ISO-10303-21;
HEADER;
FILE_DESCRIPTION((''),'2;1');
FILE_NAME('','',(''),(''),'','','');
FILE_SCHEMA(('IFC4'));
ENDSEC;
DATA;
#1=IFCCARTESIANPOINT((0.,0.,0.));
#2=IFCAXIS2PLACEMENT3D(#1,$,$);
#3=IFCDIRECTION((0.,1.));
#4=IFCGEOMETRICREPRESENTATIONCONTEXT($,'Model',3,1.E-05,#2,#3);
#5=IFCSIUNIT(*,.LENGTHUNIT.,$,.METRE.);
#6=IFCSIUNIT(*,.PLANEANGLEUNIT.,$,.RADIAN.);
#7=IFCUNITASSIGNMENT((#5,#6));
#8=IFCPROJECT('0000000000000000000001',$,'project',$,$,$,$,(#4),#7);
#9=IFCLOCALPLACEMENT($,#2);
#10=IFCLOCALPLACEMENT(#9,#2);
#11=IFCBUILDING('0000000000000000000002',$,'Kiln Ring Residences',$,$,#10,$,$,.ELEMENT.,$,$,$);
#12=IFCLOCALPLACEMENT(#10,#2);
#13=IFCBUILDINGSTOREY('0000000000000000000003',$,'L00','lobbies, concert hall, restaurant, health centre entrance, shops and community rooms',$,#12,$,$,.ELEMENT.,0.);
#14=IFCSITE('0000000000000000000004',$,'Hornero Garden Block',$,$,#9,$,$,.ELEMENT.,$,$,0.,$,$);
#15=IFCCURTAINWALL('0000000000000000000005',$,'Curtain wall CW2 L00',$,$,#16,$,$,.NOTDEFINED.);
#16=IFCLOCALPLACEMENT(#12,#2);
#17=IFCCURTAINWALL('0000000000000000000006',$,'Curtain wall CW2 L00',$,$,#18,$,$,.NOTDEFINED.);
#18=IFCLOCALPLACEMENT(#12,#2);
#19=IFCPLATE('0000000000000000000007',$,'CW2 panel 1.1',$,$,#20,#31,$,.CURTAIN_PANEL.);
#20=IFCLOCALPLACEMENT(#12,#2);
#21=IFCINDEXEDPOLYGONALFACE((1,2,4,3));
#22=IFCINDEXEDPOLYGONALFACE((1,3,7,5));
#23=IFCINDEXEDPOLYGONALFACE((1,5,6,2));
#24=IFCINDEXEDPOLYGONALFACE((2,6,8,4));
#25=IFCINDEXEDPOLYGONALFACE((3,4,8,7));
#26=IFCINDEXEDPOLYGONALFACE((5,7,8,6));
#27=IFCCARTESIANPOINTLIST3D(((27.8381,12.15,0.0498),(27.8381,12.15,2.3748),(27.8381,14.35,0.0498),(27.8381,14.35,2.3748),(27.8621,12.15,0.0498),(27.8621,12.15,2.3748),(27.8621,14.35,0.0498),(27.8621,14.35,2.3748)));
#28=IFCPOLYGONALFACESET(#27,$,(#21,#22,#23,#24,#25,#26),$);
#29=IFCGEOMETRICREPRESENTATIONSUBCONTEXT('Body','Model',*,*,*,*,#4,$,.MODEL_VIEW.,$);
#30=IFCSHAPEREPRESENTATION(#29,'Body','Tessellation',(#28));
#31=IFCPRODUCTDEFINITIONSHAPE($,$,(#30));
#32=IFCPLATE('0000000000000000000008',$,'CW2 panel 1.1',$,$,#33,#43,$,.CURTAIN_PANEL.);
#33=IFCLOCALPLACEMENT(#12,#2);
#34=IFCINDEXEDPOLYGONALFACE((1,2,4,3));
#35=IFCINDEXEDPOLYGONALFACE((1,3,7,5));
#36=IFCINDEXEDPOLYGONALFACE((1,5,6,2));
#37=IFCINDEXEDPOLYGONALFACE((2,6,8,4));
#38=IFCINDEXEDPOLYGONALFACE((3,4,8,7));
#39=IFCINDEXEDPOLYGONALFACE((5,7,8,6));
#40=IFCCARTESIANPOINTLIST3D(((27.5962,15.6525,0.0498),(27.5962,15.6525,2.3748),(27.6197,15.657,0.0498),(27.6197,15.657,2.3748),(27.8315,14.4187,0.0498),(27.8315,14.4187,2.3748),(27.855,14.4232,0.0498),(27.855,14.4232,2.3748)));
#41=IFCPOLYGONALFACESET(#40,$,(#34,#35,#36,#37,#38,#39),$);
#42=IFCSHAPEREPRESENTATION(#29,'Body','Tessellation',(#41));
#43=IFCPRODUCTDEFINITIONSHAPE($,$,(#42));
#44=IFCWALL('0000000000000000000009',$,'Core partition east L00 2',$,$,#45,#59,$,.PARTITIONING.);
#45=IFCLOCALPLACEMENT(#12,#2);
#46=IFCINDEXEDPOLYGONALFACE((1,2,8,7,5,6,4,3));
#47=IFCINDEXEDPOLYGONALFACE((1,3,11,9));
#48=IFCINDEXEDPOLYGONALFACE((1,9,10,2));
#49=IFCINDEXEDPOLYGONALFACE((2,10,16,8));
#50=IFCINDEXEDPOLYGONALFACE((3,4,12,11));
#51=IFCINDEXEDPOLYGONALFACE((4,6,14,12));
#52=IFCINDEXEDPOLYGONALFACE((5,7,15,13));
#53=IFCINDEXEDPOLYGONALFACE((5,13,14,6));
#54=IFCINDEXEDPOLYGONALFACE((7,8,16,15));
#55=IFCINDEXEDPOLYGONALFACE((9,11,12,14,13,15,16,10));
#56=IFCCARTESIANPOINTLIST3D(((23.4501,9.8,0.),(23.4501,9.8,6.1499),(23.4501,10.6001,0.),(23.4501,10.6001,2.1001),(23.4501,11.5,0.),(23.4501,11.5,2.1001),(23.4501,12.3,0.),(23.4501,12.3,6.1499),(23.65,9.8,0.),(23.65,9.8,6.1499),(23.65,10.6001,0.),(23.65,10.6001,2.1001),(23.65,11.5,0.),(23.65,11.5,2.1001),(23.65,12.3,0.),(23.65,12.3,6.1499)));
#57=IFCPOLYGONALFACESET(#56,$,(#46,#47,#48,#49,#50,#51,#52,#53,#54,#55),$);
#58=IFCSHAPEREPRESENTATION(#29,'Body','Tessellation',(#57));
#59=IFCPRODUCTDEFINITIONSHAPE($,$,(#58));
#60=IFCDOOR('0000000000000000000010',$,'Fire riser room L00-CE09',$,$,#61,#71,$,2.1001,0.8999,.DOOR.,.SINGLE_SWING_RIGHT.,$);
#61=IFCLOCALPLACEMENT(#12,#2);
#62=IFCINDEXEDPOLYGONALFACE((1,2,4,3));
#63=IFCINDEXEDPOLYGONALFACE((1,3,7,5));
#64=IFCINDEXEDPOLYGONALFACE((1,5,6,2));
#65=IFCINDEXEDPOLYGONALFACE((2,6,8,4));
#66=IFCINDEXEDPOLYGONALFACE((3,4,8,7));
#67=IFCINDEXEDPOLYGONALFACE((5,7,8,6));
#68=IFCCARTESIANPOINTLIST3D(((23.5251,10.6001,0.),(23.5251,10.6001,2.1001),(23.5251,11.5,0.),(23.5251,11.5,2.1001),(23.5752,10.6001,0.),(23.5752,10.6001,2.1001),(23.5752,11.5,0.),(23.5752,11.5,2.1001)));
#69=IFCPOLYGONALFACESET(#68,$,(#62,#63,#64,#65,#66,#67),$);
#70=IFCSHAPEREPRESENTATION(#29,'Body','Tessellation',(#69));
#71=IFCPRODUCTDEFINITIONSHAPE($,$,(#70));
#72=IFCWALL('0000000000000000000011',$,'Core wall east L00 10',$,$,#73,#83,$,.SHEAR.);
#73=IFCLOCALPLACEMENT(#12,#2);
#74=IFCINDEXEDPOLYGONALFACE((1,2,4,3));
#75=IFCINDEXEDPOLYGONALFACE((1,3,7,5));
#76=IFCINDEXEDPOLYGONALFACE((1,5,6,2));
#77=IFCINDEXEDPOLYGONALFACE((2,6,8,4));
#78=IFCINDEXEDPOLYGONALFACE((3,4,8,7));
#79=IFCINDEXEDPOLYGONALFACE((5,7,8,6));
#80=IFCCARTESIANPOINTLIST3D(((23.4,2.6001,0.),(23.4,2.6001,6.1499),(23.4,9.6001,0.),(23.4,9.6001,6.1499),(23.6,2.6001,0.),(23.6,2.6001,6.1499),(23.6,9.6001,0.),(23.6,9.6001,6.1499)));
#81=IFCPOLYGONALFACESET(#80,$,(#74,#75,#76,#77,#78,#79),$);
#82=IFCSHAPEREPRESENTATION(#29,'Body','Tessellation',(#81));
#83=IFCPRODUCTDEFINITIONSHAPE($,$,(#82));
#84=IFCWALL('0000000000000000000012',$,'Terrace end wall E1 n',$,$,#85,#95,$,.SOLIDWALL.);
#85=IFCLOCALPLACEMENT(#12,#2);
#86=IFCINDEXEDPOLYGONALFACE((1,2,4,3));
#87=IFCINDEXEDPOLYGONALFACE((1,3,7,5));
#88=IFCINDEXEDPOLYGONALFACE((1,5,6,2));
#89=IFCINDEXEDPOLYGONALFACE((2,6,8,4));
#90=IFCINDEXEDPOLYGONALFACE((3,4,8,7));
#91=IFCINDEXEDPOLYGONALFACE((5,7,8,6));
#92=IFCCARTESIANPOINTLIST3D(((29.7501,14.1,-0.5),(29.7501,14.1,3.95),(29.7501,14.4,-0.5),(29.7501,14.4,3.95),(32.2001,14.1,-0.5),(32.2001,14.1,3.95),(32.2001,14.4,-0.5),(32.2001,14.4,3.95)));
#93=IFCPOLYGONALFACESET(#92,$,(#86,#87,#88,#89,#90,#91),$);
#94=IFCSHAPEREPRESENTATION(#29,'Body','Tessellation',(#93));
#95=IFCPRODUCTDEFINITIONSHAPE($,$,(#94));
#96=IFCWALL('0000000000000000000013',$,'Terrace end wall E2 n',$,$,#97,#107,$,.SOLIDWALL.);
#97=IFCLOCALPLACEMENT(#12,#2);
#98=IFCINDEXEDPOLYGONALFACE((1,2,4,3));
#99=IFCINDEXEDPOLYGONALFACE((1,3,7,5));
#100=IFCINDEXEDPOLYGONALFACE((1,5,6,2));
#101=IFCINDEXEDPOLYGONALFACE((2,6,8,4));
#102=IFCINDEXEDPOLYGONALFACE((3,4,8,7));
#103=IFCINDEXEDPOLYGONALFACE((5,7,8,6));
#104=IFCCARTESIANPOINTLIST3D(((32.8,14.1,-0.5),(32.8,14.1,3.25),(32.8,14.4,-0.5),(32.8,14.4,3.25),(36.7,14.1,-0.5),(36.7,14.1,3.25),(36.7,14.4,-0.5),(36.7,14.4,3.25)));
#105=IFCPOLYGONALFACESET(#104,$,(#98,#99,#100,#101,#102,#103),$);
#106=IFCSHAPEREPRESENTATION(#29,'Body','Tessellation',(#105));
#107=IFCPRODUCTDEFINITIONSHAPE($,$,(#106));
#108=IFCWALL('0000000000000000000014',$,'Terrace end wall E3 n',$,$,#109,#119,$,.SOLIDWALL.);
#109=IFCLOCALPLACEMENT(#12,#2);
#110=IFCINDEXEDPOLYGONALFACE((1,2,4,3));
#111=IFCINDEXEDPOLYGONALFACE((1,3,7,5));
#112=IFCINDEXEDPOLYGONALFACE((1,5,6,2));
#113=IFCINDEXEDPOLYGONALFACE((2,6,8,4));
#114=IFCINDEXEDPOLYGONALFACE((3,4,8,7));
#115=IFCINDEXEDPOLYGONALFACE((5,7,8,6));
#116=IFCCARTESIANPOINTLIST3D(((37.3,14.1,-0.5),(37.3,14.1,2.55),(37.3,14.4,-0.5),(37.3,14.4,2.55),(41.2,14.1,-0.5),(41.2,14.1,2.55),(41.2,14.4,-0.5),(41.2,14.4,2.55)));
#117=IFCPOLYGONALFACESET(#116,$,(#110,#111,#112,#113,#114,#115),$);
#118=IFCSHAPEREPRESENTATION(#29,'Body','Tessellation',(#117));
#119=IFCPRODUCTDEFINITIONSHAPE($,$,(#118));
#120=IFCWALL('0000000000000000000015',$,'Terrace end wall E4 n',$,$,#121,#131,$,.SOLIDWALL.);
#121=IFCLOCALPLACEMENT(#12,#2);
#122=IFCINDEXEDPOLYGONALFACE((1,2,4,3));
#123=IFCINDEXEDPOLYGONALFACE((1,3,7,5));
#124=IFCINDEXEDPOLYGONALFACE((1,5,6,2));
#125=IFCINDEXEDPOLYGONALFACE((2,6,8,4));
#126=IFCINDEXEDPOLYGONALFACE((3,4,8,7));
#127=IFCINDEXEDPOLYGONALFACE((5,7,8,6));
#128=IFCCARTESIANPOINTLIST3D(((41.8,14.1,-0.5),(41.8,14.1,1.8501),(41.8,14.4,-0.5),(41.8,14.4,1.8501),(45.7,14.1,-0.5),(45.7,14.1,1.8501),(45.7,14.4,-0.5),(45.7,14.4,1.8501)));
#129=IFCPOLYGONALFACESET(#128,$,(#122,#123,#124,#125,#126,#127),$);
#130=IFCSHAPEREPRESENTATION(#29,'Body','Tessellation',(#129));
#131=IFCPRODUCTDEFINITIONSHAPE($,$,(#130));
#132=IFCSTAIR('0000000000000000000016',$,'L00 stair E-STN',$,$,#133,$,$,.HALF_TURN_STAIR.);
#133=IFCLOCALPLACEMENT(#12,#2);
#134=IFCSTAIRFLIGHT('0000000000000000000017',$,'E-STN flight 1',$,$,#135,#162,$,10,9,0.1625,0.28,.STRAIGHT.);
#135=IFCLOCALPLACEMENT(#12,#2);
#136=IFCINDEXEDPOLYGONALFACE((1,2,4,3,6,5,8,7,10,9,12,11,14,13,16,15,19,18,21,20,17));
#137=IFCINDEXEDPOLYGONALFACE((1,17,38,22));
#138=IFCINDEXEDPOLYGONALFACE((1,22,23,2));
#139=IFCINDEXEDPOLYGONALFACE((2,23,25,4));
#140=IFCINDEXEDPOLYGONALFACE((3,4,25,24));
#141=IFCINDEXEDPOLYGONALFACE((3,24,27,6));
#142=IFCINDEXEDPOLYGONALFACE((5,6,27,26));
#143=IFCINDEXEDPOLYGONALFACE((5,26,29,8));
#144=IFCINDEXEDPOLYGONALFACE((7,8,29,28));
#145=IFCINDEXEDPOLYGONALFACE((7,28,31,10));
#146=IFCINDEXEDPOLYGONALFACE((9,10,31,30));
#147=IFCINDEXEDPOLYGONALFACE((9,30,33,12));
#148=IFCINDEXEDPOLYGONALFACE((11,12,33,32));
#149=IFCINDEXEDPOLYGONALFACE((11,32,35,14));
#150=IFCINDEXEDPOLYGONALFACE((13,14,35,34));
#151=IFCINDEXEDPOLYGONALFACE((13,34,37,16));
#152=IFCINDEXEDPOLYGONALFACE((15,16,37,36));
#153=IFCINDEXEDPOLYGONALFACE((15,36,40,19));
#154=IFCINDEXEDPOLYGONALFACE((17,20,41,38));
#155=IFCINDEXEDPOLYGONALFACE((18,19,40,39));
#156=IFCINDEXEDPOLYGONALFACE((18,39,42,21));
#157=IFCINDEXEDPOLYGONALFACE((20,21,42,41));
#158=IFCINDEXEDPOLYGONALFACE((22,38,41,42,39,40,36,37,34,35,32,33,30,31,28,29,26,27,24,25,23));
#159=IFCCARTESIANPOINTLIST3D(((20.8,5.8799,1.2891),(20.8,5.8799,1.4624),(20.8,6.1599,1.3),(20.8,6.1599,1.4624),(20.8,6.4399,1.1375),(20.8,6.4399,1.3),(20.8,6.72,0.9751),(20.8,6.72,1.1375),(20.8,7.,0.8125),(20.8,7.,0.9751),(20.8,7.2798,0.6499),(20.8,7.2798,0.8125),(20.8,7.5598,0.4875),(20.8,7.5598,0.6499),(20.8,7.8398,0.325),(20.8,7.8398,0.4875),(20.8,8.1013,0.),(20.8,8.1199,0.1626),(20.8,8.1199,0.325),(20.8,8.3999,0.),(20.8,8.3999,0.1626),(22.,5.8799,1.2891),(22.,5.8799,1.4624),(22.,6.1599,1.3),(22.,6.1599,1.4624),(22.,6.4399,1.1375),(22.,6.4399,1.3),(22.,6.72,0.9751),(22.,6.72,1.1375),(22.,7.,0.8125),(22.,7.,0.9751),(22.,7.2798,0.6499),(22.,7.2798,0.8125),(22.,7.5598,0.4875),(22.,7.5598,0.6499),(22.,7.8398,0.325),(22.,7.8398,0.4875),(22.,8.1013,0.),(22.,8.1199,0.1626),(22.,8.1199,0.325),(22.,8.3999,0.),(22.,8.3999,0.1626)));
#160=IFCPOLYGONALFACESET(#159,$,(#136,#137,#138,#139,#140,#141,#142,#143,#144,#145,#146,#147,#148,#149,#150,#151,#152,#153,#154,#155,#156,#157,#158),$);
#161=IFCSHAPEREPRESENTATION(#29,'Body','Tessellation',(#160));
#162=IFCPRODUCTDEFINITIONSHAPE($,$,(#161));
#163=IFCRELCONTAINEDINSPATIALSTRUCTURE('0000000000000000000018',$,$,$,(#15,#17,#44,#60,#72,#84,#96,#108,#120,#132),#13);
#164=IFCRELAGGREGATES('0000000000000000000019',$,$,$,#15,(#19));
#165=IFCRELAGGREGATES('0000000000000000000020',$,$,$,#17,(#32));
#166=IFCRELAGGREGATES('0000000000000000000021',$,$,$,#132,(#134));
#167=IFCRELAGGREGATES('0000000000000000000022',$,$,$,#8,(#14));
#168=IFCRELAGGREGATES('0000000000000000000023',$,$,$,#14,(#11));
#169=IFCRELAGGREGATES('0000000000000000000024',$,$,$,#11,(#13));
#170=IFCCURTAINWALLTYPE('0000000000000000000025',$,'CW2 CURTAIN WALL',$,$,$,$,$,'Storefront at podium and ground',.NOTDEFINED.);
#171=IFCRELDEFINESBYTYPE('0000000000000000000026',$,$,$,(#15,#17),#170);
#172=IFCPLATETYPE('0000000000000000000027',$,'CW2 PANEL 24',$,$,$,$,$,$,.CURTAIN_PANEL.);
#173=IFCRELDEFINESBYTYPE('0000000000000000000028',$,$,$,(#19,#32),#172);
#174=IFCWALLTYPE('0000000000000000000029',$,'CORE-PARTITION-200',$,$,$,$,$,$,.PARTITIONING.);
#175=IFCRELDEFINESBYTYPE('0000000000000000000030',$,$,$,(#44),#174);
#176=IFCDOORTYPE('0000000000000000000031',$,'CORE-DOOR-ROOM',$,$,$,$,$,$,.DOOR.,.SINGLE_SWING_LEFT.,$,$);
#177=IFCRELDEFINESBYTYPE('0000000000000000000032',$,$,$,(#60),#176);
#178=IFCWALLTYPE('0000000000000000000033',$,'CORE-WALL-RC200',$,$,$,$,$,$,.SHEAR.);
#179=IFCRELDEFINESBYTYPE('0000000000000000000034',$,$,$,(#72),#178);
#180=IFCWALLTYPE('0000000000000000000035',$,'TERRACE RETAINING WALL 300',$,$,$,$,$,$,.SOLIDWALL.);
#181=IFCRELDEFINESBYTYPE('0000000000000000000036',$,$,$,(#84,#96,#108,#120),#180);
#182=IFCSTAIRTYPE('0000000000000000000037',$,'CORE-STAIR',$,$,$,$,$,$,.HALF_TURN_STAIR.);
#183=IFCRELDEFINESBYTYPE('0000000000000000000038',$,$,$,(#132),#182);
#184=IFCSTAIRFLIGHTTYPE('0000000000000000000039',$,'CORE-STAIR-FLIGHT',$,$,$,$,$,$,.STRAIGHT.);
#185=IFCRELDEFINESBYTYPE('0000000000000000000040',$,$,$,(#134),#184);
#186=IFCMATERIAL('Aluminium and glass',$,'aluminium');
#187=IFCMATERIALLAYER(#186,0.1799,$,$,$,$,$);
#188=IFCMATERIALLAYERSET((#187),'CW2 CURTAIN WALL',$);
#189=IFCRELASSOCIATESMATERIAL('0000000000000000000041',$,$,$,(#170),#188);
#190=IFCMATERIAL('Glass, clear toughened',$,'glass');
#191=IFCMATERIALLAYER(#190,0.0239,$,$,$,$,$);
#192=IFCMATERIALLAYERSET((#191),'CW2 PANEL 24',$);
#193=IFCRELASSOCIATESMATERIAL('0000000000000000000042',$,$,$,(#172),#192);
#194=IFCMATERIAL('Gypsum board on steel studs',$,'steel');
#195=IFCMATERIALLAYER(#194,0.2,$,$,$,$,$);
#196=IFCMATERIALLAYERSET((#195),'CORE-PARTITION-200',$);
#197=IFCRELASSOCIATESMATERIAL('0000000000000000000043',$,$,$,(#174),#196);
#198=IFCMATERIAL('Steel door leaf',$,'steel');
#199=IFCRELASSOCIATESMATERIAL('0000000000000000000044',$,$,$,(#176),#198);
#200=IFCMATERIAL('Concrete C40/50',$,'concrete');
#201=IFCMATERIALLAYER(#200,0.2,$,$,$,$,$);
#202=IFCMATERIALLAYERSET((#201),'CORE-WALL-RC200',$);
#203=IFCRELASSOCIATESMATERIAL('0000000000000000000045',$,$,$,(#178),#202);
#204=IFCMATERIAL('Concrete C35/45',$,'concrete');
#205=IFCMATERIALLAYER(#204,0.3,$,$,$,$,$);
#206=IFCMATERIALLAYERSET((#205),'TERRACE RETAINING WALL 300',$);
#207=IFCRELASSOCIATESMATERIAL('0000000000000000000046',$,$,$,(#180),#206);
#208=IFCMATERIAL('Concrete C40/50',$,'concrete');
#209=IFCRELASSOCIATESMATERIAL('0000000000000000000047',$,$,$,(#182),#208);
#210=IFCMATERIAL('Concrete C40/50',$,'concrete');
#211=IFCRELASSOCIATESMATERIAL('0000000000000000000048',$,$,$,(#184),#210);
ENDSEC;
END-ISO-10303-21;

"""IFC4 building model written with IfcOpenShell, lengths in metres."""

from ifc_helpers import new_model, si_unit, direction, frame, frame_2d, origin, origin_2d, place, context, subcontext, project, spatial, polyline, rectangle, outline, extrude, material, layer, layer_set, type_object, element, fill, aggregate, save


model = new_model("IFC4")

# Units and contexts
model_context = context("Model", 3, precision=1e-05, world=origin(), true_north=direction((0.0, 1.0)))
body_context = subcontext(model_context, "Body", "Model", "MODEL_VIEW")
ifc_project = project(units=[si_unit("LENGTHUNIT", "METRE"), si_unit("PLANEANGLEUNIT", "RADIAN")], contexts=[model_context])

# Site, building, storey
site_placement = place(None, origin())
site = spatial("IfcSite", under=ifc_project, at=site_placement, Name="Hornero Garden Block", CompositionType="ELEMENT", RefElevation=0.0)
building_placement = place(site_placement, origin())
building = spatial("IfcBuilding", under=site, at=building_placement, Name="Kiln Ring Residences", CompositionType="ELEMENT")
storey_placement = place(building_placement, origin())
storey = spatial("IfcBuildingStorey", under=building, at=storey_placement, Name="L00", Description="lobbies, concert hall, restaurant, health centre entrance, shops and community rooms", CompositionType="ELEMENT", Elevation=0.0)

# Shared definitions
ifc_material_1 = material(Name="Aluminium and glass", Category="aluminium")
ifc_layer_1 = layer(ifc_material_1, 0.1799)
ifc_layer_set_1 = layer_set([ifc_layer_1], Name="CW2 CURTAIN WALL")
curtain_wall_type = type_object("IfcCurtainWallType", Name="CW2 CURTAIN WALL", ElementType="Storefront at podium and ground", PredefinedType="NOTDEFINED", material=ifc_layer_set_1)
placement = place(storey_placement, origin())

# Curtain walls
curtain_wall_1 = element("IfcCurtainWall", 1, at=placement, inside=storey, type_object=curtain_wall_type, Name="Curtain wall CW2 L00", PredefinedType="NOTDEFINED")
curtain_wall_2 = element("IfcCurtainWall", 2, at=placement, inside=storey, type_object=curtain_wall_type, Name="Curtain wall CW2 L00", PredefinedType="NOTDEFINED")

# Plates
ifc_material_2 = material(Name="Glass, clear toughened", Category="glass")
ifc_layer_2 = layer(ifc_material_2, 0.0239)
ifc_layer_set_2 = layer_set([ifc_layer_2], Name="CW2 PANEL 24")
plate_type = type_object("IfcPlateType", Name="CW2 PANEL 24", PredefinedType="CURTAIN_PANEL", material=ifc_layer_set_2)
plate_1_placement = place(storey_placement, frame((27.8501, 13.25, 0.0498), z_axis=(0.0, 0.0, 1.0), x_axis=(0.0, 1.0, 0.0)))
plate_1 = element("IfcPlate", 3, at=plate_1_placement, type_object=plate_type, Name="CW2 panel 1.1", PredefinedType="CURTAIN_PANEL", context=body_context, shape_type="SweptSolid", body=[
    extrude(rectangle(XDim=2.2, YDim=0.0239, at=origin_2d()), origin(), (0.0, 0.0, 1.0), 2.325),
])
aggregate(curtain_wall_1, [plate_1])
plate_2_placement = place(storey_placement, frame((27.7256, 15.0378, 0.0498), z_axis=(0.0, 0.0, 1.0), x_axis=(-0.187366, 0.98229, 0.0)))
plate_2 = element("IfcPlate", 4, at=plate_2_placement, type_object=plate_type, Name="CW2 panel 1.1", PredefinedType="CURTAIN_PANEL", context=body_context, shape_type="SweptSolid", body=[
    extrude(rectangle(XDim=1.2561, YDim=0.0239, at=origin_2d()), origin(), (0.0, 0.0, 1.0), 2.325),
])
aggregate(curtain_wall_2, [plate_2])

# Wall, opening, door
ifc_material_3 = material(Name="Gypsum board on steel studs", Category="steel")
ifc_layer_3 = layer(ifc_material_3, 0.2)
ifc_layer_set_3 = layer_set([ifc_layer_3], Name="CORE-PARTITION-200")
wall_type_1 = type_object("IfcWallType", Name="CORE-PARTITION-200", PredefinedType="PARTITIONING", material=ifc_layer_set_3)
wall_1_placement = place(storey_placement, frame((23.55, 9.8, 0.0), z_axis=(0.0, 0.0, 1.0), x_axis=(0.0, 1.0, 0.0)))
wall_1 = element("IfcWall", 5, at=wall_1_placement, inside=storey, type_object=wall_type_1, Name="Core partition east L00 2", PredefinedType="PARTITIONING", context=body_context, shape_type="SweptSolid", body=[
    extrude(rectangle(XDim=2.5, YDim=0.2, at=frame_2d((1.25, 0.0))), origin(), (0.0, 0.0, 1.0), 6.1499),
])
opening_placement = place(wall_1_placement, frame((0.8, 0.0, 0.0)))
opening = element("IfcOpeningElement", 6, at=opening_placement, cuts=wall_1, PredefinedType="OPENING", context=body_context, shape_type="SweptSolid", body=[
    extrude(rectangle(XDim=0.8999, YDim=2.1001, at=frame_2d((0.45, 1.05))), frame((0.0, 0.1099, 0.0), z_axis=(0.0, -1.0, 0.0), x_axis=(1.0, 0.0, 0.0)), (0.0, 0.0, 1.0), 0.22),
])
ifc_material_4 = material(Name="Steel door leaf", Category="steel")
door_type = type_object("IfcDoorType", Name="CORE-DOOR-ROOM", OperationType="SINGLE_SWING_LEFT", PredefinedType="DOOR", material=ifc_material_4)
door_placement = place(opening_placement, origin())
door = element("IfcDoor", 7, at=door_placement, inside=storey, type_object=door_type, Name="Fire riser room L00-CE09", OperationType="SINGLE_SWING_RIGHT", OverallHeight=2.1001, OverallWidth=0.8999, PredefinedType="DOOR", context=body_context, shape_type="SweptSolid", body=[
    extrude(rectangle(XDim=0.8999, YDim=2.1001, at=frame_2d((0.45, 1.05))), frame((0.0, 0.0249, 0.0), z_axis=(0.0, -1.0, 0.0), x_axis=(1.0, 0.0, 0.0)), (0.0, 0.0, 1.0), 0.05),
])
fill(opening, door)

# Walls
ifc_material_5 = material(Name="Concrete C40/50", Category="concrete")
ifc_layer_4 = layer(ifc_material_5, 0.2)
ifc_layer_set_4 = layer_set([ifc_layer_4], Name="CORE-WALL-RC200")
wall_type_2 = type_object("IfcWallType", Name="CORE-WALL-RC200", PredefinedType="SHEAR", material=ifc_layer_set_4)
wall_2_placement = place(storey_placement, frame((23.5, 2.6001, 0.0), z_axis=(0.0, 0.0, 1.0), x_axis=(0.0, 1.0, 0.0)))
element("IfcWall", 8, at=wall_2_placement, inside=storey, type_object=wall_type_2, Name="Core wall east L00 10", PredefinedType="SHEAR", context=body_context, shape_type="SweptSolid", body=[
    extrude(rectangle(XDim=7.0, YDim=0.2, at=frame_2d((3.5, 0.0))), origin(), (0.0, 0.0, 1.0), 6.1499),
])
ifc_material_6 = material(Name="Concrete C35/45", Category="concrete")
ifc_layer_5 = layer(ifc_material_6, 0.3)
ifc_layer_set_5 = layer_set([ifc_layer_5], Name="TERRACE RETAINING WALL 300")
wall_type_3 = type_object("IfcWallType", Name="TERRACE RETAINING WALL 300", PredefinedType="SOLIDWALL", material=ifc_layer_set_5)
wall_3_placement = place(storey_placement, frame((29.75, 14.25, -0.5), z_axis=(0.0, 0.0, 1.0), x_axis=(1.0, 0.0, 0.0)))
element("IfcWall", 9, at=wall_3_placement, inside=storey, type_object=wall_type_3, Name="Terrace end wall E1 n", PredefinedType="SOLIDWALL", context=body_context, shape_type="SweptSolid", body=[
    extrude(rectangle(XDim=2.45, YDim=0.3, at=frame_2d((1.2251, 0.0))), origin(), (0.0, 0.0, 1.0), 4.45),
])
wall_4_placement = place(storey_placement, frame((32.8, 14.25, -0.5), z_axis=(0.0, 0.0, 1.0), x_axis=(1.0, 0.0, 0.0)))
element("IfcWall", 10, at=wall_4_placement, inside=storey, type_object=wall_type_3, Name="Terrace end wall E2 n", PredefinedType="SOLIDWALL", context=body_context, shape_type="SweptSolid", body=[
    extrude(rectangle(XDim=3.8999, YDim=0.3, at=frame_2d((1.95, 0.0))), origin(), (0.0, 0.0, 1.0), 3.75),
])
wall_5_placement = place(storey_placement, frame((37.3, 14.25, -0.5), z_axis=(0.0, 0.0, 1.0), x_axis=(1.0, 0.0, 0.0)))
element("IfcWall", 11, at=wall_5_placement, inside=storey, type_object=wall_type_3, Name="Terrace end wall E3 n", PredefinedType="SOLIDWALL", context=body_context, shape_type="SweptSolid", body=[
    extrude(rectangle(XDim=3.8999, YDim=0.3, at=frame_2d((1.95, 0.0))), origin(), (0.0, 0.0, 1.0), 3.05),
])
wall_6_placement = place(storey_placement, frame((41.8, 14.25, -0.5), z_axis=(0.0, 0.0, 1.0), x_axis=(1.0, 0.0, 0.0)))
element("IfcWall", 12, at=wall_6_placement, inside=storey, type_object=wall_type_3, Name="Terrace end wall E4 n", PredefinedType="SOLIDWALL", context=body_context, shape_type="SweptSolid", body=[
    extrude(rectangle(XDim=3.8999, YDim=0.3, at=frame_2d((1.95, 0.0))), origin(), (0.0, 0.0, 1.0), 2.3501),
])

# Stair, stair flight
ifc_material_7 = material(Name="Concrete C40/50", Category="concrete")
stair_type = type_object("IfcStairType", Name="CORE-STAIR", PredefinedType="HALF_TURN_STAIR", material=ifc_material_7)
stair = element("IfcStair", 13, at=placement, inside=storey, type_object=stair_type, Name="L00 stair E-STN", PredefinedType="HALF_TURN_STAIR")
ifc_material_8 = material(Name="Concrete C40/50", Category="concrete")
stair_flight_type = type_object("IfcStairFlightType", Name="CORE-STAIR-FLIGHT", PredefinedType="STRAIGHT", material=ifc_material_8)
stair_flight_placement = place(storey_placement, frame((21.3999, 8.3999, 0.0), z_axis=(0.0, 0.0, 1.0), x_axis=(0.0, -1.0, 0.0)))
stair_flight = element("IfcStairFlight", 14, at=stair_flight_placement, type_object=stair_flight_type, Name="E-STN flight 1", NumberOfRisers=10, NumberOfTreads=9, PredefinedType="STRAIGHT", RiserHeight=0.1625, TreadLength=0.28, context=body_context, shape_type="SweptSolid", body=[
    extrude(outline(polyline([(0.0, 0.0), (0.0, 0.1626), (0.28, 0.1626), (0.28, 0.325), (0.5601, 0.325), (0.5601, 0.4875), (0.8401, 0.4875), (0.8401, 0.6499), (1.1201, 0.6499), (1.1201, 0.8125), (1.3999, 0.8125), (1.3999, 0.9751), (1.6799, 0.9751), (1.6799, 1.1375), (1.96, 1.1375), (1.96, 1.3), (2.24, 1.3), (2.24, 1.4624), (2.52, 1.4624), (2.52, 1.625), (2.52, 1.2891), (0.2986, 0.0), (0.0, 0.0)])), frame((0.0, 0.6001, 0.0), z_axis=(0.0, -1.0, 0.0), x_axis=(1.0, 0.0, 0.0)), (0.0, 0.0, 1.0), 1.2),
])
aggregate(stair, [stair_flight])

save(model, "model.ifc")
